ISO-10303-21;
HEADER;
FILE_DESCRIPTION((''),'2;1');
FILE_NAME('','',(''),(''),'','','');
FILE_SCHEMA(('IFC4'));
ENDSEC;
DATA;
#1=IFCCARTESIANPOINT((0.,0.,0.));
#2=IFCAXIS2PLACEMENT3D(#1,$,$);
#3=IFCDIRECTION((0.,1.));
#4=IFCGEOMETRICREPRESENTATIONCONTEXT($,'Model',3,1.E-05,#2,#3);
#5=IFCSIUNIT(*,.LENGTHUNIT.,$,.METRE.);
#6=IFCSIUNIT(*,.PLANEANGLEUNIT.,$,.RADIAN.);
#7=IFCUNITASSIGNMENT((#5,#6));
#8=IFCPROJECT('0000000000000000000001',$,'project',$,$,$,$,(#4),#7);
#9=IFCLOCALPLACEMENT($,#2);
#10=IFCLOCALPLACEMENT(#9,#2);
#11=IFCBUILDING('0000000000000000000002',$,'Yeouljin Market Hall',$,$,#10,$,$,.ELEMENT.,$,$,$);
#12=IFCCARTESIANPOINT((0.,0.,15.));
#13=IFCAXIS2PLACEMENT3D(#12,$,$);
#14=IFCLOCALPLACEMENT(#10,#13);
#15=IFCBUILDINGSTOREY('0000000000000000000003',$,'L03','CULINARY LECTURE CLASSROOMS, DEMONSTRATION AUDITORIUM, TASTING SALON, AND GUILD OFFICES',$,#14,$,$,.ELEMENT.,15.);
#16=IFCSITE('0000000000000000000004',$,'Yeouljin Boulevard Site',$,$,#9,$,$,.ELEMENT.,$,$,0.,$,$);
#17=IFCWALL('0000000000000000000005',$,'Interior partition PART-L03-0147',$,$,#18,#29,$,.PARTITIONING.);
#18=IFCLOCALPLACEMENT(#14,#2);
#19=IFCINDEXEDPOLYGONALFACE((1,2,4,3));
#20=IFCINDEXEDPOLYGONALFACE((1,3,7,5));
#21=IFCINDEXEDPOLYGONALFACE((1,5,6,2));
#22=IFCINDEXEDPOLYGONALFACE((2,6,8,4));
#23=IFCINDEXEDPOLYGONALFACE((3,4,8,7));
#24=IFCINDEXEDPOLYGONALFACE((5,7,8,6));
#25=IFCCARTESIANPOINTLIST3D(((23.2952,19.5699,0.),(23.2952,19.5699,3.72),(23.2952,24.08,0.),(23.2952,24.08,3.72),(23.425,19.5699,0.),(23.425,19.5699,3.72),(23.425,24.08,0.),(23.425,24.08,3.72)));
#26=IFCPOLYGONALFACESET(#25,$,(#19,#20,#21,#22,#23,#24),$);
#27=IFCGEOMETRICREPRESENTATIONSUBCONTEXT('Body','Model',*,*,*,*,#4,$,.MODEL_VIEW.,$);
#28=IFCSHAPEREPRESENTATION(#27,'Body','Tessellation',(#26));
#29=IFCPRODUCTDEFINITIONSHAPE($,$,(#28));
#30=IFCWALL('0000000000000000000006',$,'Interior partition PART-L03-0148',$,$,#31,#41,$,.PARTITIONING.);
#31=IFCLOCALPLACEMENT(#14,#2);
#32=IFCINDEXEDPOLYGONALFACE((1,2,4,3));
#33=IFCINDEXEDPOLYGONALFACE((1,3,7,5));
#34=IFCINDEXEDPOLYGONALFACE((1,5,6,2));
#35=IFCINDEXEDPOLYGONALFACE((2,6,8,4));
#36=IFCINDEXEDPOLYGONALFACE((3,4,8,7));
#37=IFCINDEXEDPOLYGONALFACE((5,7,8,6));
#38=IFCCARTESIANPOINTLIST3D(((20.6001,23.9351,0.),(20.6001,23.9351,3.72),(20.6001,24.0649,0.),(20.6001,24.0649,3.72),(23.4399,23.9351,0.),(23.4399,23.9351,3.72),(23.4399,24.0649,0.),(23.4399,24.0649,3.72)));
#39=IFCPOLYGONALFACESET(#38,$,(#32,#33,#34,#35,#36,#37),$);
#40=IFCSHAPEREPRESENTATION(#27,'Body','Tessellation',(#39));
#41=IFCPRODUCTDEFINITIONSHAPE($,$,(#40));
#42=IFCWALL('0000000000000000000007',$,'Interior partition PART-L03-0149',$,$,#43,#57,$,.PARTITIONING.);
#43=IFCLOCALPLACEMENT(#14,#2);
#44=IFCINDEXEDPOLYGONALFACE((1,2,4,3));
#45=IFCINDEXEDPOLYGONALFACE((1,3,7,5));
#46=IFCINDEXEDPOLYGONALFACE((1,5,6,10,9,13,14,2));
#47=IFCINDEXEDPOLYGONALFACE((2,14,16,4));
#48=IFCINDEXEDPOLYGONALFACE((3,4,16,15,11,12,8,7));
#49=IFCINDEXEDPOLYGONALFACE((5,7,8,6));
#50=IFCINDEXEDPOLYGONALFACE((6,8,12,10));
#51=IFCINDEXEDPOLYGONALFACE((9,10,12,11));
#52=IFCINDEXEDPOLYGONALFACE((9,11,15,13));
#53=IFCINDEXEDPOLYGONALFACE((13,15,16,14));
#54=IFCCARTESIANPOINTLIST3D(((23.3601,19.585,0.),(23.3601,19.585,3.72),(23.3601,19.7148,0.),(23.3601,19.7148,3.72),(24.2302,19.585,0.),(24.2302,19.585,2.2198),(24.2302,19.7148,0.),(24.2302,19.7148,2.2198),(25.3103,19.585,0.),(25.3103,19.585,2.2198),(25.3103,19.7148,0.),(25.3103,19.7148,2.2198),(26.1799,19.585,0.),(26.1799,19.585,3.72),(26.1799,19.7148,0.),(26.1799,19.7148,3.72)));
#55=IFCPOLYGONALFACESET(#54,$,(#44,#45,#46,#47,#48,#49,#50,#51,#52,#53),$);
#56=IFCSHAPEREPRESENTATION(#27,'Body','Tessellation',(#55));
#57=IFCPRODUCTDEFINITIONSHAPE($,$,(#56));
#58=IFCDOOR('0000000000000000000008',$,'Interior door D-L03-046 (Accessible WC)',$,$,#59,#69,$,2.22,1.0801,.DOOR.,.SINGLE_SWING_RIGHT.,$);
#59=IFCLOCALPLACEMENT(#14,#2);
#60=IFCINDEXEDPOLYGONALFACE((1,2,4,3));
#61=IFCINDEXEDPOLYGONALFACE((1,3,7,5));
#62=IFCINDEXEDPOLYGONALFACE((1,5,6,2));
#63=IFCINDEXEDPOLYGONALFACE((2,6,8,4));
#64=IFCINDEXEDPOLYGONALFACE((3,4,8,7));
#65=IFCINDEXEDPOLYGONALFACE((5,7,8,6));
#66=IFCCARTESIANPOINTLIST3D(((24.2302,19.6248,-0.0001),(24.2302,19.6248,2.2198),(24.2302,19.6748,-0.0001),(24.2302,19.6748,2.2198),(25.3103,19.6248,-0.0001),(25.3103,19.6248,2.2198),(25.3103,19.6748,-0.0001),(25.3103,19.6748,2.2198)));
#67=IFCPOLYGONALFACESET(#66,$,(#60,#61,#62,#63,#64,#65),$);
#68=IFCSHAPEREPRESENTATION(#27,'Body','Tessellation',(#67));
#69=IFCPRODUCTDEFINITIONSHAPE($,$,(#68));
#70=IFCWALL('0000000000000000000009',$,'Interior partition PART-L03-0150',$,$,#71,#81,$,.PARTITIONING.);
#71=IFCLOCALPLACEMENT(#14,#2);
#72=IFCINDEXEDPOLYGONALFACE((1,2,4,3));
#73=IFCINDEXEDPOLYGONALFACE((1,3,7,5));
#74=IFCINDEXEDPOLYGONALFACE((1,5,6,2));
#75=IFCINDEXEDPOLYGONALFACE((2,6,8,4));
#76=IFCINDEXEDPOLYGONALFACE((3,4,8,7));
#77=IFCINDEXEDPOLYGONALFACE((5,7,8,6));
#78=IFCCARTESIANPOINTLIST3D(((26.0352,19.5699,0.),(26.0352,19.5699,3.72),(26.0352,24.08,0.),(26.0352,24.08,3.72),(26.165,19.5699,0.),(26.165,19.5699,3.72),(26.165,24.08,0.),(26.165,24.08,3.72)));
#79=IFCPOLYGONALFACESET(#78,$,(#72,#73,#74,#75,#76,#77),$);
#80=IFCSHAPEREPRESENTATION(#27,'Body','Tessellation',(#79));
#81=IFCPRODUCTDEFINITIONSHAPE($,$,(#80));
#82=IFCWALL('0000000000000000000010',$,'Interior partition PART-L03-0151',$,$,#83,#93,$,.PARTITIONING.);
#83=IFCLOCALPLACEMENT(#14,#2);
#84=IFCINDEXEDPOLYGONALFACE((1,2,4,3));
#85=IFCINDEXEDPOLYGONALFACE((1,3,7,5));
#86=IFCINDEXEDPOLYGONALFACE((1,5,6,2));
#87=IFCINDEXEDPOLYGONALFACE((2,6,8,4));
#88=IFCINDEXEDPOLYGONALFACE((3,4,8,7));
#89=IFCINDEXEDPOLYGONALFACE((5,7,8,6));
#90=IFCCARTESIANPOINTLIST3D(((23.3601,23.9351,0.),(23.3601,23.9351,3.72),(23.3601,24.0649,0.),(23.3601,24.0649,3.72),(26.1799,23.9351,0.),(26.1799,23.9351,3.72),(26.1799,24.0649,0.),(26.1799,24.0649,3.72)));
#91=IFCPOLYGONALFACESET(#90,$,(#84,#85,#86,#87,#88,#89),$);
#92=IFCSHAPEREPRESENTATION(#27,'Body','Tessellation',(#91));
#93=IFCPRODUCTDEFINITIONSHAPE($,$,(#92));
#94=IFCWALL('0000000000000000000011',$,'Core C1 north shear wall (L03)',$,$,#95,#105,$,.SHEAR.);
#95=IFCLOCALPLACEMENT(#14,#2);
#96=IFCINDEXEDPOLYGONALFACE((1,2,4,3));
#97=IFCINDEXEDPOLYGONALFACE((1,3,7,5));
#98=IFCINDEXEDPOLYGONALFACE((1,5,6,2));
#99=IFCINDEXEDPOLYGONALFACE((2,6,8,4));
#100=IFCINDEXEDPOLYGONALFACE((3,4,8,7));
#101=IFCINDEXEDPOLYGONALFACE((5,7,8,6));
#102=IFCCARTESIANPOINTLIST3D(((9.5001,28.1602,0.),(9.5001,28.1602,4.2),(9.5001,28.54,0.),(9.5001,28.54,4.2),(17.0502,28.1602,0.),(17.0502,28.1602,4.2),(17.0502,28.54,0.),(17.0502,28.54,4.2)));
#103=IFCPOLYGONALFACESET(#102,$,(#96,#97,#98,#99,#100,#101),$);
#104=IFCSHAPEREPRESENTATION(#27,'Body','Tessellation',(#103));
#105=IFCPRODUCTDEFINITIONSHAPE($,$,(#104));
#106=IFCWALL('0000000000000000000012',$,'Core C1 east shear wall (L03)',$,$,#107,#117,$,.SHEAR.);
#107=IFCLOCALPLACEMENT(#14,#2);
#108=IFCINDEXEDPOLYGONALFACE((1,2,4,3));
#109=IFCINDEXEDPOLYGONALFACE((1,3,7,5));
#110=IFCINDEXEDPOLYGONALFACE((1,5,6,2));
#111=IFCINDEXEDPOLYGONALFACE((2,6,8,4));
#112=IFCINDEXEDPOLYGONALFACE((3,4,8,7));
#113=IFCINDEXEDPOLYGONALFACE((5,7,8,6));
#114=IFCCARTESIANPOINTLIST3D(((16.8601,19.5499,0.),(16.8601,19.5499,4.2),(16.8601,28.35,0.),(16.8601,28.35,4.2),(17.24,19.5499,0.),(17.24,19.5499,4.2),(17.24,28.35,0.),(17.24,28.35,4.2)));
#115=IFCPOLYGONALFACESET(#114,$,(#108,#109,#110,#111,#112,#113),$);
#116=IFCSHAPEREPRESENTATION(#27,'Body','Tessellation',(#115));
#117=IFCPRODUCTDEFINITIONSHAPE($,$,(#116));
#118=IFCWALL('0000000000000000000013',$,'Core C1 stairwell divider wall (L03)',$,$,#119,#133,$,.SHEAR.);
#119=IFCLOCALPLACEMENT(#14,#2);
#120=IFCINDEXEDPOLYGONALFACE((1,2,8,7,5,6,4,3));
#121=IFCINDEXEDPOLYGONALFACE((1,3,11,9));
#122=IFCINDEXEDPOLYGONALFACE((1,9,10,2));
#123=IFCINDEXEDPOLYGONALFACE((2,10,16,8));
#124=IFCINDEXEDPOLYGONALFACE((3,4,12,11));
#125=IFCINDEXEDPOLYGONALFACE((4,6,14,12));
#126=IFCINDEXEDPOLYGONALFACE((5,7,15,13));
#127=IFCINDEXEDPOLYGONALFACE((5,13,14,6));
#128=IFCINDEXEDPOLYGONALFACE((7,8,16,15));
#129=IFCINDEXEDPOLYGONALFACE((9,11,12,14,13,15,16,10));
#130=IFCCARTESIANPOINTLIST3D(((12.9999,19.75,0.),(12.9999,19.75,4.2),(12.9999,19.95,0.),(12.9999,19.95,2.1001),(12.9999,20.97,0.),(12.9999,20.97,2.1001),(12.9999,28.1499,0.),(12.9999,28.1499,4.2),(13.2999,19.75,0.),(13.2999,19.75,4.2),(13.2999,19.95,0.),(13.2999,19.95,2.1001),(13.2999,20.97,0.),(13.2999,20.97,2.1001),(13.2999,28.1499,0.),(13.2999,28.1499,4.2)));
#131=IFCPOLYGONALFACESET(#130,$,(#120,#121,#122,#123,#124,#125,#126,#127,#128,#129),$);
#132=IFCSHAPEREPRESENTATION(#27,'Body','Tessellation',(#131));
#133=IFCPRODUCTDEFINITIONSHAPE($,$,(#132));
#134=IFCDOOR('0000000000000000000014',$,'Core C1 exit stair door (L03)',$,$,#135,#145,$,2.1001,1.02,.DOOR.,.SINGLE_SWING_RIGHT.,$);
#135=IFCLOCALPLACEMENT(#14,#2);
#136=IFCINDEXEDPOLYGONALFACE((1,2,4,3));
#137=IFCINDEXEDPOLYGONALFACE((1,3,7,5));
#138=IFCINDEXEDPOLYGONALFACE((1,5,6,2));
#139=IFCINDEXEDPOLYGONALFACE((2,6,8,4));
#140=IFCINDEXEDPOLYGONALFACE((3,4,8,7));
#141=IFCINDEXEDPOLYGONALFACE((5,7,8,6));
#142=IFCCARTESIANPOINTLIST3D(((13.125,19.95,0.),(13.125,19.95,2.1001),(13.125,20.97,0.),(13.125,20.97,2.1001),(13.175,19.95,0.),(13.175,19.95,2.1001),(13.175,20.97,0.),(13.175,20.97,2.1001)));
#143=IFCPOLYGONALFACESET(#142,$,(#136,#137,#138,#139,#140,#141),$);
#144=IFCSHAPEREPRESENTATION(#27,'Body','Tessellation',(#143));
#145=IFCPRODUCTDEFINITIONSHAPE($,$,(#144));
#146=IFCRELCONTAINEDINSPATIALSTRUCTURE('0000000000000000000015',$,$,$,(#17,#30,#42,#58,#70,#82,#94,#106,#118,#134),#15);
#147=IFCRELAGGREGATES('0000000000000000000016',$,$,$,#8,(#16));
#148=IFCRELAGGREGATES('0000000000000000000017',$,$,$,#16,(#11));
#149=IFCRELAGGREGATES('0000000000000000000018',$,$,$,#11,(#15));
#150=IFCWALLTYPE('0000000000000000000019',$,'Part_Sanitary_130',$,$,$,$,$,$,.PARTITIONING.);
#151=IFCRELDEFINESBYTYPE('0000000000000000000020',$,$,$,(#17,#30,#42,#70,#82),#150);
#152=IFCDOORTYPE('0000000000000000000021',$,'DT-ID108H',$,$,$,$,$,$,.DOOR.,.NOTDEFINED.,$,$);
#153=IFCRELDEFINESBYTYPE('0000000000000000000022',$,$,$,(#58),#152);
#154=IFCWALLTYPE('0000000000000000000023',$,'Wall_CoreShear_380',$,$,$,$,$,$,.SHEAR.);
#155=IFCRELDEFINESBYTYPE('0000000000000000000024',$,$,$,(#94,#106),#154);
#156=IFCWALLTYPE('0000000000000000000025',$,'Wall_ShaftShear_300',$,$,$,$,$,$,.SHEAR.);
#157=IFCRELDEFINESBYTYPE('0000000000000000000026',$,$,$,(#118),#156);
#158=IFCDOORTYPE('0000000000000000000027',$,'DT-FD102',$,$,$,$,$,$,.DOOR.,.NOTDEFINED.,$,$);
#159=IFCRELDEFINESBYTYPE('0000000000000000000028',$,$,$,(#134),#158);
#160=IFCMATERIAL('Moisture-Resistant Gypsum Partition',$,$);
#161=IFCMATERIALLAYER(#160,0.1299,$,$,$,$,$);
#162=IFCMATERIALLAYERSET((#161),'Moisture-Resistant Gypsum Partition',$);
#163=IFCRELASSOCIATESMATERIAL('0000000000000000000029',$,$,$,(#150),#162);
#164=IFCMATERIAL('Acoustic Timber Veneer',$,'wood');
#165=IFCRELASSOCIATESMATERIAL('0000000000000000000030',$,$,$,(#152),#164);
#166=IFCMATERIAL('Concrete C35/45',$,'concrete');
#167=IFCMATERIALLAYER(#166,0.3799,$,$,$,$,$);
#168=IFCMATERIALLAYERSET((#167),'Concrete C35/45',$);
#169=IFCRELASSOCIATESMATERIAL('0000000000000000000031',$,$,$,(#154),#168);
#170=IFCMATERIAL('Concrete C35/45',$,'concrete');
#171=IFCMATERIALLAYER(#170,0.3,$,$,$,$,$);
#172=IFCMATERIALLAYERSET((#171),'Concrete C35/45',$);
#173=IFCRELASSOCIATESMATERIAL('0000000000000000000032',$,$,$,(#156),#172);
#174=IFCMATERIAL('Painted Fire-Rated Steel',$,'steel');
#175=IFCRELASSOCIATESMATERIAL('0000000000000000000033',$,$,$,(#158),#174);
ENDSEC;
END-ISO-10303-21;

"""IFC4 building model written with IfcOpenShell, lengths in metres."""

from ifc_helpers import new_model, si_unit, direction, frame, frame_2d, origin, place, context, subcontext, project, spatial, rectangle, extrude, material, layer, layer_set, type_object, element, fill, save


model = new_model("IFC4")

# Units and contexts
model_context = context("Model", 3, precision=1e-05, world=origin(), true_north=direction((0.0, 1.0)))
body_context = subcontext(model_context, "Body", "Model", "MODEL_VIEW")
ifc_project = project(units=[si_unit("LENGTHUNIT", "METRE"), si_unit("PLANEANGLEUNIT", "RADIAN")], contexts=[model_context])

# Site, building, storey
site_placement = place(None, origin())
site = spatial("IfcSite", under=ifc_project, at=site_placement, Name="Yeouljin Boulevard Site", CompositionType="ELEMENT", RefElevation=0.0)
building_placement = place(site_placement, origin())
building = spatial("IfcBuilding", under=site, at=building_placement, Name="Yeouljin Market Hall", CompositionType="ELEMENT")
storey_placement = place(building_placement, frame((0.0, 0.0, 15.0)))
storey = spatial("IfcBuildingStorey", under=building, at=storey_placement, Name="L03", Description="CULINARY LECTURE CLASSROOMS, DEMONSTRATION AUDITORIUM, TASTING SALON, AND GUILD OFFICES", CompositionType="ELEMENT", Elevation=15.0)

# Shared definitions
ifc_material_1 = material(Name="Moisture-Resistant Gypsum Partition")
ifc_layer_1 = layer(ifc_material_1, 0.1299)
ifc_layer_set_1 = layer_set([ifc_layer_1], Name="Moisture-Resistant Gypsum Partition")
wall_type_1 = type_object("IfcWallType", Name="Part_Sanitary_130", PredefinedType="PARTITIONING", material=ifc_layer_set_1)

# Walls
wall_1_placement = place(storey_placement, frame((23.3601, 19.5701, 0.0), z_axis=(0.0, 0.0, 1.0), x_axis=(0.0, 1.0, 0.0)))
element("IfcWall", 1, at=wall_1_placement, inside=storey, type_object=wall_type_1, Name="Interior partition PART-L03-0147", PredefinedType="PARTITIONING", context=body_context, shape_type="SweptSolid", body=[
    extrude(rectangle(XDim=4.51, YDim=0.1299, at=frame_2d((2.2549, 0.0))), origin(), (0.0, 0.0, 1.0), 3.72),
])
wall_2_placement = place(storey_placement, frame((23.4399, 24.0, 0.0), z_axis=(0.0, 0.0, 1.0), x_axis=(-1.0, 0.0, 0.0)))
element("IfcWall", 2, at=wall_2_placement, inside=storey, type_object=wall_type_1, Name="Interior partition PART-L03-0148", PredefinedType="PARTITIONING", context=body_context, shape_type="SweptSolid", body=[
    extrude(rectangle(XDim=2.8398, YDim=0.1299, at=frame_2d((1.4199, 0.0))), origin(), (0.0, 0.0, 1.0), 3.72),
])

# Wall, opening, door
wall_3_placement = place(storey_placement, frame((23.3601, 19.6499, 0.0), z_axis=(0.0, 0.0, 1.0), x_axis=(1.0, 0.0, 0.0)))
wall_3 = element("IfcWall", 3, at=wall_3_placement, inside=storey, type_object=wall_type_1, Name="Interior partition PART-L03-0149", PredefinedType="PARTITIONING", context=body_context, shape_type="SweptSolid", body=[
    extrude(rectangle(XDim=2.8198, YDim=0.1299, at=frame_2d((1.4099, 0.0))), origin(), (0.0, 0.0, 1.0), 3.72),
])
opening_1_placement = place(wall_3_placement, frame((0.8701, 0.0, 0.0)))
opening_1 = element("IfcOpeningElement", 4, at=opening_1_placement, cuts=wall_3, PredefinedType="OPENING", context=body_context, shape_type="SweptSolid", body=[
    extrude(rectangle(XDim=1.0801, YDim=2.22, at=frame_2d((0.54, 1.1099))), frame((0.0, 0.075, 0.0), z_axis=(0.0, -1.0, 0.0), x_axis=(1.0, 0.0, 0.0)), (0.0, 0.0, 1.0), 0.1499),
])
ifc_material_2 = material(Name="Acoustic Timber Veneer", Category="wood")
door_type_1 = type_object("IfcDoorType", Name="DT-ID108H", OperationType="NOTDEFINED", PredefinedType="DOOR", material=ifc_material_2)
door_1_placement = place(opening_1_placement, origin())
door_1 = element("IfcDoor", 5, at=door_1_placement, inside=storey, type_object=door_type_1, Name="Interior door D-L03-046 (Accessible WC)", OperationType="SINGLE_SWING_RIGHT", OverallHeight=2.22, OverallWidth=1.0801, PredefinedType="DOOR", context=body_context, shape_type="SweptSolid", body=[
    extrude(rectangle(XDim=1.0801, YDim=2.22, at=frame_2d((0.54, 1.1099))), frame((0.0, 0.0249, 0.0), z_axis=(0.0, -1.0, 0.0), x_axis=(1.0, 0.0, 0.0)), (0.0, 0.0, 1.0), 0.05),
])
fill(opening_1, door_1)

# Walls
wall_4_placement = place(storey_placement, frame((26.1001, 19.5701, 0.0), z_axis=(0.0, 0.0, 1.0), x_axis=(0.0, 1.0, 0.0)))
element("IfcWall", 6, at=wall_4_placement, inside=storey, type_object=wall_type_1, Name="Interior partition PART-L03-0150", PredefinedType="PARTITIONING", context=body_context, shape_type="SweptSolid", body=[
    extrude(rectangle(XDim=4.51, YDim=0.1299, at=frame_2d((2.2549, 0.0))), origin(), (0.0, 0.0, 1.0), 3.72),
])
wall_5_placement = place(storey_placement, frame((26.1799, 24.0, 0.0), z_axis=(0.0, 0.0, 1.0), x_axis=(-1.0, 0.0, 0.0)))
element("IfcWall", 7, at=wall_5_placement, inside=storey, type_object=wall_type_1, Name="Interior partition PART-L03-0151", PredefinedType="PARTITIONING", context=body_context, shape_type="SweptSolid", body=[
    extrude(rectangle(XDim=2.8198, YDim=0.1299, at=frame_2d((1.4099, 0.0))), origin(), (0.0, 0.0, 1.0), 3.72),
])

# Walls
ifc_material_3 = material(Name="Concrete C35/45", Category="concrete")
ifc_layer_2 = layer(ifc_material_3, 0.3799)
ifc_layer_set_2 = layer_set([ifc_layer_2], Name="Concrete C35/45")
wall_type_2 = type_object("IfcWallType", Name="Wall_CoreShear_380", PredefinedType="SHEAR", material=ifc_layer_set_2)
wall_6_placement = place(storey_placement, frame((17.05, 28.3501, 0.0), z_axis=(0.0, 0.0, 1.0), x_axis=(-1.0, 0.0, 0.0)))
element("IfcWall", 8, at=wall_6_placement, inside=storey, type_object=wall_type_2, Name="Core C1 north shear wall (L03)", PredefinedType="SHEAR", context=body_context, shape_type="SweptSolid", body=[
    extrude(rectangle(XDim=7.55, YDim=0.3799, at=frame_2d((3.7749, 0.0))), origin(), (0.0, 0.0, 1.0), 4.2),
])
wall_7_placement = place(storey_placement, frame((17.05, 19.55, 0.0), z_axis=(0.0, 0.0, 1.0), x_axis=(0.0, 1.0, 0.0)))
element("IfcWall", 9, at=wall_7_placement, inside=storey, type_object=wall_type_2, Name="Core C1 east shear wall (L03)", PredefinedType="SHEAR", context=body_context, shape_type="SweptSolid", body=[
    extrude(rectangle(XDim=8.8, YDim=0.3799, at=frame_2d((4.3999, 0.0))), origin(), (0.0, 0.0, 1.0), 4.2),
])

# Wall, opening, door
ifc_material_4 = material(Name="Concrete C35/45", Category="concrete")
ifc_layer_3 = layer(ifc_material_4, 0.3)
ifc_layer_set_3 = layer_set([ifc_layer_3], Name="Concrete C35/45")
wall_type_3 = type_object("IfcWallType", Name="Wall_ShaftShear_300", PredefinedType="SHEAR", material=ifc_layer_set_3)
wall_8_placement = place(storey_placement, frame((13.1499, 19.75, 0.0), z_axis=(0.0, 0.0, 1.0), x_axis=(0.0, 1.0, 0.0)))
wall_8 = element("IfcWall", 10, at=wall_8_placement, inside=storey, type_object=wall_type_3, Name="Core C1 stairwell divider wall (L03)", PredefinedType="SHEAR", context=body_context, shape_type="SweptSolid", body=[
    extrude(rectangle(XDim=8.3999, YDim=0.3, at=frame_2d((4.2, 0.0))), origin(), (0.0, 0.0, 1.0), 4.2),
])
opening_2_placement = place(wall_8_placement, frame((0.2, 0.0, 0.0)))
opening_2 = element("IfcOpeningElement", 11, at=opening_2_placement, cuts=wall_8, PredefinedType="OPENING", context=body_context, shape_type="SweptSolid", body=[
    extrude(rectangle(XDim=1.02, YDim=2.1001, at=frame_2d((0.51, 1.05))), frame((0.0, 0.1599, 0.0), z_axis=(0.0, -1.0, 0.0), x_axis=(1.0, 0.0, 0.0)), (0.0, 0.0, 1.0), 0.3201),
])
ifc_material_5 = material(Name="Painted Fire-Rated Steel", Category="steel")
door_type_2 = type_object("IfcDoorType", Name="DT-FD102", OperationType="NOTDEFINED", PredefinedType="DOOR", material=ifc_material_5)
door_2_placement = place(opening_2_placement, origin())
door_2 = element("IfcDoor", 12, at=door_2_placement, inside=storey, type_object=door_type_2, Name="Core C1 exit stair door (L03)", OperationType="SINGLE_SWING_RIGHT", OverallHeight=2.1001, OverallWidth=1.02, PredefinedType="DOOR", context=body_context, shape_type="SweptSolid", body=[
    extrude(rectangle(XDim=1.02, YDim=2.1001, at=frame_2d((0.51, 1.05))), frame((0.0, 0.0249, 0.0), z_axis=(0.0, -1.0, 0.0), x_axis=(1.0, 0.0, 0.0)), (0.0, 0.0, 1.0), 0.05),
])
fill(opening_2, door_2)

save(model, "model.ifc")
